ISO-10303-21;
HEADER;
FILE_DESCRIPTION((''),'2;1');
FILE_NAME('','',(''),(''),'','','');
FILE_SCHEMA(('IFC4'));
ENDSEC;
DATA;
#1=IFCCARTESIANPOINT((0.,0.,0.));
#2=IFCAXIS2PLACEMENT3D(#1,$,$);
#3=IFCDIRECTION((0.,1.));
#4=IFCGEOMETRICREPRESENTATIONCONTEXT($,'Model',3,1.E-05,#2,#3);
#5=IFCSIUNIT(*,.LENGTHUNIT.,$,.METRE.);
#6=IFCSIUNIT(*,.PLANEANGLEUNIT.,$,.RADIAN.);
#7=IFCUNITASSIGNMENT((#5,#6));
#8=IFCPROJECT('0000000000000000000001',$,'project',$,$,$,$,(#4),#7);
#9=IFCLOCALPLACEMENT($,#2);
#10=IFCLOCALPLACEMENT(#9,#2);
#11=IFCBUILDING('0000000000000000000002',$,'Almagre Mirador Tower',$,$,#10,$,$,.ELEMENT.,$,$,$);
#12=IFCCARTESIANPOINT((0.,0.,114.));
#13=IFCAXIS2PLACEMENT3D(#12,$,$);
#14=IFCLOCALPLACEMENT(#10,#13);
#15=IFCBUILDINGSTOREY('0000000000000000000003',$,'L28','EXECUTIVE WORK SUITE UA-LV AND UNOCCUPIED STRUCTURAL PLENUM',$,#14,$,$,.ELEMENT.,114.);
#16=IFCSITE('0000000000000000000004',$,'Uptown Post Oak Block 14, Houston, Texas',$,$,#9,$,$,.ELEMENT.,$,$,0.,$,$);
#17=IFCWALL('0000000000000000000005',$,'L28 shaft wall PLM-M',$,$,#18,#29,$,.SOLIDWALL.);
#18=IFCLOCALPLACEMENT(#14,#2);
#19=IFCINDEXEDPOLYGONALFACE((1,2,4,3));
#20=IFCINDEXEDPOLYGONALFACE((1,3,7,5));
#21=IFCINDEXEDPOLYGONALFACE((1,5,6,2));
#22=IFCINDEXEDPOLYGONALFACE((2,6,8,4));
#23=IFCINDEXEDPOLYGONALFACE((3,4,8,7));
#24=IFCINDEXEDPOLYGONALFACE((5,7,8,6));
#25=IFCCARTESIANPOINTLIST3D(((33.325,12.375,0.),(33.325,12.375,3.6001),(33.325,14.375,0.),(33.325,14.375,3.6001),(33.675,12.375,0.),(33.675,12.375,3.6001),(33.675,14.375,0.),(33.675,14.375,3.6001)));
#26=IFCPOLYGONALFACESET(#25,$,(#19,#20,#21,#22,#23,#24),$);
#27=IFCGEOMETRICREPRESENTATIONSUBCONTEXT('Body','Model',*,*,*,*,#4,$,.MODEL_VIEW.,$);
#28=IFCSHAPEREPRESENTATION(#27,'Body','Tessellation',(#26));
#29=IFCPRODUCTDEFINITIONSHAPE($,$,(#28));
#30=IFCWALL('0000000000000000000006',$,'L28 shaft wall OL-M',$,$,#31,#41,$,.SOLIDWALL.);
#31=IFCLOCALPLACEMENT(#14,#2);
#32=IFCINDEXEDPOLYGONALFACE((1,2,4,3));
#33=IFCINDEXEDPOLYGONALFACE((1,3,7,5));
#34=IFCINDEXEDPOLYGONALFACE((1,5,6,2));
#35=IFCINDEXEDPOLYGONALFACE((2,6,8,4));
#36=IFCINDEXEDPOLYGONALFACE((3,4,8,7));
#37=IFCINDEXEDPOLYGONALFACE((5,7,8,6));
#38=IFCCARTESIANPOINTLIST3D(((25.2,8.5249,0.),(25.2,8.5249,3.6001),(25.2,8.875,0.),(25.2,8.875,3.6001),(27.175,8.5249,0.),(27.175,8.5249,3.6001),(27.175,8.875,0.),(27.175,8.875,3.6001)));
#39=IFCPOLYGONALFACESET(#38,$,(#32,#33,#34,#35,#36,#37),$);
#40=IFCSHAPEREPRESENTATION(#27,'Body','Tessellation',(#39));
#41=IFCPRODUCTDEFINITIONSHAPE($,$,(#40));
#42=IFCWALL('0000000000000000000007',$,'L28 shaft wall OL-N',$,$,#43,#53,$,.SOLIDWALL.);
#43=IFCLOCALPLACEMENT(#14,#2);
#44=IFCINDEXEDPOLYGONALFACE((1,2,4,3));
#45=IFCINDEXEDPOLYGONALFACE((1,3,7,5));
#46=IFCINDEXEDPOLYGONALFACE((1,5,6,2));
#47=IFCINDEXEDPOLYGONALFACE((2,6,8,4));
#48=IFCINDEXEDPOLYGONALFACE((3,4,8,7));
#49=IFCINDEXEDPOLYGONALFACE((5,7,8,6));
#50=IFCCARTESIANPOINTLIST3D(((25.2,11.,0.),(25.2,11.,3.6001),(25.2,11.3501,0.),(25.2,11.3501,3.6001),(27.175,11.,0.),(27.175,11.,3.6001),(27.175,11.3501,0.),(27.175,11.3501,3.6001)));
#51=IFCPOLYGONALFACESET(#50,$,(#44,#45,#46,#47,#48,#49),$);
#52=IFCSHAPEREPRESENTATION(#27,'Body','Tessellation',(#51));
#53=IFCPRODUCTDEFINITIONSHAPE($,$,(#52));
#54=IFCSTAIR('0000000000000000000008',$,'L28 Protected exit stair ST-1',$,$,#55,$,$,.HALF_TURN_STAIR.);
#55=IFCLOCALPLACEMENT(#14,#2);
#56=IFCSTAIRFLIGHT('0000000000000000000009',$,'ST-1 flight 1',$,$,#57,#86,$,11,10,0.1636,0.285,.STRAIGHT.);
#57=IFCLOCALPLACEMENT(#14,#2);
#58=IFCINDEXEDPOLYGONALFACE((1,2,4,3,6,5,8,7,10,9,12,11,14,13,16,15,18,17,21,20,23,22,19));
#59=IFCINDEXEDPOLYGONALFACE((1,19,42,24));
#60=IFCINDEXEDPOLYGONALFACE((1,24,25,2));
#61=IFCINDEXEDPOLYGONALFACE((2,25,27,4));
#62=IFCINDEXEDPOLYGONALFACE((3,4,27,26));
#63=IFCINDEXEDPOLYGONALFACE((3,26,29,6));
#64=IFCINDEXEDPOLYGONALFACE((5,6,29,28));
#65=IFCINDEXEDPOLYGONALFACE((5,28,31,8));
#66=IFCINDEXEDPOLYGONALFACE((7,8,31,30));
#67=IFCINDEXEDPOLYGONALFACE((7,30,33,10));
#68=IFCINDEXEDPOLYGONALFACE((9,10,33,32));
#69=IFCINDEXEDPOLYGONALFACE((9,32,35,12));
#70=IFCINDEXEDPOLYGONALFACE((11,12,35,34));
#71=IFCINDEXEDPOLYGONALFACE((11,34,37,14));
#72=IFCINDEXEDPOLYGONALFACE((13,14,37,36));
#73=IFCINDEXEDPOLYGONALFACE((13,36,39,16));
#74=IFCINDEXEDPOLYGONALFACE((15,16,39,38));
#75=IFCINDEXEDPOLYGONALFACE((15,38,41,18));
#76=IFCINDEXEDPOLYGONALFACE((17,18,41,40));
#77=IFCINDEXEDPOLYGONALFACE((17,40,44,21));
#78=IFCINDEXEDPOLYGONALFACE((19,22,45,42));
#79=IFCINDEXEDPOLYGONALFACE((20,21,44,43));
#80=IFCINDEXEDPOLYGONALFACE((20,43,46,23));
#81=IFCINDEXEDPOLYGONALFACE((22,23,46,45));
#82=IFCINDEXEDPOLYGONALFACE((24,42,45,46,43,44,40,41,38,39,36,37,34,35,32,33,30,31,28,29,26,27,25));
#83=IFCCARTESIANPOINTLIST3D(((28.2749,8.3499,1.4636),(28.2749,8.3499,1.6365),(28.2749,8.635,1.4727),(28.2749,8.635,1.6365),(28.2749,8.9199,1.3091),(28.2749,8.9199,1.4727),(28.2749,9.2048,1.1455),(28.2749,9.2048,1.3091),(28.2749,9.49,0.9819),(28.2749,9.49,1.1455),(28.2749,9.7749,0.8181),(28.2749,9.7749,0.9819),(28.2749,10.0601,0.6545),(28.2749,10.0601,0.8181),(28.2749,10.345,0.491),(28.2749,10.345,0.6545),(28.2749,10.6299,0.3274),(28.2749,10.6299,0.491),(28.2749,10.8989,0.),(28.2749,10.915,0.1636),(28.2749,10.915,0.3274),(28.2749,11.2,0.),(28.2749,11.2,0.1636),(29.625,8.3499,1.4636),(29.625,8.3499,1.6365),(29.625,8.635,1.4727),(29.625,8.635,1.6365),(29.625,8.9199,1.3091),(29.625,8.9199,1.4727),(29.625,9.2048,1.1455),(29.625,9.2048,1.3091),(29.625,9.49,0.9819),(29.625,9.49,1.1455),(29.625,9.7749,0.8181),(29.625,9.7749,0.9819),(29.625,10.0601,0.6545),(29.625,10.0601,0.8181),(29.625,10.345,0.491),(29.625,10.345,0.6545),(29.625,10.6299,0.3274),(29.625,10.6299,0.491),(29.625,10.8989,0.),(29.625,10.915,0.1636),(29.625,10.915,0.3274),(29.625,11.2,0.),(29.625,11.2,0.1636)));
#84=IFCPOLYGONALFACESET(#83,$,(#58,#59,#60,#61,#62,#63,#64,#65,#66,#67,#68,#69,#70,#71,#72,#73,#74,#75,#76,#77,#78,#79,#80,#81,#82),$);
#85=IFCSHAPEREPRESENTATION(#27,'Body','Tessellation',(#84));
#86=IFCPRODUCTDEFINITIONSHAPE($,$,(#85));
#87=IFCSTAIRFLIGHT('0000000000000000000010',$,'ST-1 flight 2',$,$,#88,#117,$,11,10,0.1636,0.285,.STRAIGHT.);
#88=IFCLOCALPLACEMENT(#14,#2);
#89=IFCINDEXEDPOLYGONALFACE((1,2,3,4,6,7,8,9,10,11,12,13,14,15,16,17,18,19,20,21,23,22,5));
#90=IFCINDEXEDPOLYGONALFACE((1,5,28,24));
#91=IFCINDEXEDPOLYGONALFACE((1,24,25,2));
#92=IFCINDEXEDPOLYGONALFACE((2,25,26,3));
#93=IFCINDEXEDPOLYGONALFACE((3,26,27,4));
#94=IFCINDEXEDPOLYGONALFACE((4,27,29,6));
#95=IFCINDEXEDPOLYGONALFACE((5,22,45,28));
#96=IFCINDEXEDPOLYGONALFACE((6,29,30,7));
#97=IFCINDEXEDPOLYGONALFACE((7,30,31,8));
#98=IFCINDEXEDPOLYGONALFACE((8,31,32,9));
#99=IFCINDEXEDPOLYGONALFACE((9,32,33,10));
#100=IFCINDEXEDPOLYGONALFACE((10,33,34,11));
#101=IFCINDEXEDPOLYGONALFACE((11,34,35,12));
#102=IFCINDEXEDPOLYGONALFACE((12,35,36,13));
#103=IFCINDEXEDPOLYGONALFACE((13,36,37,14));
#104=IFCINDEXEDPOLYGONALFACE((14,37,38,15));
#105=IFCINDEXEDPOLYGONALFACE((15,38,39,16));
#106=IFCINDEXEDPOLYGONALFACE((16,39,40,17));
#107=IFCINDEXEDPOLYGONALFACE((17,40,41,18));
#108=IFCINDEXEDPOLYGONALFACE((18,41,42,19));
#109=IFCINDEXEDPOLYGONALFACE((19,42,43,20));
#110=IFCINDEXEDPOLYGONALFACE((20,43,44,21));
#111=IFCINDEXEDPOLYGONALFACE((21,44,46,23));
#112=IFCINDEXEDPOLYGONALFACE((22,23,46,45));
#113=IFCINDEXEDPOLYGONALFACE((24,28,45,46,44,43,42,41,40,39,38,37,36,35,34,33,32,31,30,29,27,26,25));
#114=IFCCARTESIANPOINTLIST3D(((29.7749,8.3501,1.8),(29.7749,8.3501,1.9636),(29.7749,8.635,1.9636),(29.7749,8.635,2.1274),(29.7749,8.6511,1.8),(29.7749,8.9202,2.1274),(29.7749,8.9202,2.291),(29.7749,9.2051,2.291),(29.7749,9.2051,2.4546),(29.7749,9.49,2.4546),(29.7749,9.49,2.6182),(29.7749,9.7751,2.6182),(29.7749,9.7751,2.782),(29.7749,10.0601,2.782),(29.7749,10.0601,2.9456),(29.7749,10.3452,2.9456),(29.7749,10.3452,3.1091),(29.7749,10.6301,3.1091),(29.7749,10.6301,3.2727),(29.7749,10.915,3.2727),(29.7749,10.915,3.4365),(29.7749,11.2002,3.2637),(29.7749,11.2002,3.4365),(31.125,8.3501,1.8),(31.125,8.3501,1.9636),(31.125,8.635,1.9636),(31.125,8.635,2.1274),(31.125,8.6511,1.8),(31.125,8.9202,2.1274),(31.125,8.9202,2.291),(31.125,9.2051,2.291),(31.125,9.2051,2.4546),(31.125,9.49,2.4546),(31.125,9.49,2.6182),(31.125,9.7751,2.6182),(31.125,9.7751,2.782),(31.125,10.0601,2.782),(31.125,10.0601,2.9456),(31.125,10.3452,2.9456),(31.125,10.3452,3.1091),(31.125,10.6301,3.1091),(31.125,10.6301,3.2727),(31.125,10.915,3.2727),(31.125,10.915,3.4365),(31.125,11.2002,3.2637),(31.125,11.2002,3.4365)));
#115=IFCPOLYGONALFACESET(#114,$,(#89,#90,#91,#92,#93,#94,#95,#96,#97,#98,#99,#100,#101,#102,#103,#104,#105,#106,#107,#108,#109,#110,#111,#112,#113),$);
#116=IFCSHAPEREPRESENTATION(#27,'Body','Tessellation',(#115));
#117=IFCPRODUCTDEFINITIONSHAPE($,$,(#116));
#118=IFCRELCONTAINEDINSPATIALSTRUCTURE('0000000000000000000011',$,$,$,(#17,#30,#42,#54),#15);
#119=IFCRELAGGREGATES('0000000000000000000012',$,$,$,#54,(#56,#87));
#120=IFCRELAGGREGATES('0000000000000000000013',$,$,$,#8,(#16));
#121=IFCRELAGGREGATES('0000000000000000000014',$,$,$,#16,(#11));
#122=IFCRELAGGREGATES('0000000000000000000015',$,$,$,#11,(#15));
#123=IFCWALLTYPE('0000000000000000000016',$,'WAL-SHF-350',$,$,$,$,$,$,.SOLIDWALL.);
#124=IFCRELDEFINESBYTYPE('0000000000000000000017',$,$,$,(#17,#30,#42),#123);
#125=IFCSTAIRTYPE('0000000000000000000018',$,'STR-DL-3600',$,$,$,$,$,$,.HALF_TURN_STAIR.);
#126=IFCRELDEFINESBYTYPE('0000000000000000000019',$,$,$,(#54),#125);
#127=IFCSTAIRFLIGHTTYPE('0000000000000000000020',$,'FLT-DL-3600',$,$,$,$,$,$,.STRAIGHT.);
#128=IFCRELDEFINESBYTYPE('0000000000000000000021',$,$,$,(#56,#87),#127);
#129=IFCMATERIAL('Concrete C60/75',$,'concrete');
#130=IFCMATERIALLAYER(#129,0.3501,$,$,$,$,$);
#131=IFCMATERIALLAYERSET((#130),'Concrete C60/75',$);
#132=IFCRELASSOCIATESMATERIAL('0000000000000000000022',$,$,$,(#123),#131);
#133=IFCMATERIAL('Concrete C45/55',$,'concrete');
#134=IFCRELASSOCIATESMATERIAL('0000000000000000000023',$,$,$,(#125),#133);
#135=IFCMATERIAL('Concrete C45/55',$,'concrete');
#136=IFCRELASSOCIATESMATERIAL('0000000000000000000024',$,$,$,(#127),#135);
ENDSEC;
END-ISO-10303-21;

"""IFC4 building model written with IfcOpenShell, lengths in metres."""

from ifc_helpers import new_model, si_unit, direction, frame, frame_2d, origin, place, context, subcontext, project, spatial, polyline, rectangle, outline, extrude, material, layer, layer_set, type_object, element, aggregate, save


model = new_model("IFC4")

# Units and contexts
model_context = context("Model", 3, precision=1e-05, world=origin(), true_north=direction((0.0, 1.0)))
body_context = subcontext(model_context, "Body", "Model", "MODEL_VIEW")
ifc_project = project(units=[si_unit("LENGTHUNIT", "METRE"), si_unit("PLANEANGLEUNIT", "RADIAN")], contexts=[model_context])

# Site, building, storey
site_placement = place(None, origin())
site = spatial("IfcSite", under=ifc_project, at=site_placement, Name="Uptown Post Oak Block 14, Houston, Texas", CompositionType="ELEMENT", RefElevation=0.0)
building_placement = place(site_placement, origin())
building = spatial("IfcBuilding", under=site, at=building_placement, Name="Almagre Mirador Tower", CompositionType="ELEMENT")
storey_placement = place(building_placement, frame((0.0, 0.0, 114.0)))
storey = spatial("IfcBuildingStorey", under=building, at=storey_placement, Name="L28", Description="EXECUTIVE WORK SUITE UA-LV AND UNOCCUPIED STRUCTURAL PLENUM", CompositionType="ELEMENT", Elevation=114.0)

# Shared definitions
ifc_material_1 = material(Name="Concrete C60/75", Category="concrete")
ifc_layer_1 = layer(ifc_material_1, 0.3501)
ifc_layer_set_1 = layer_set([ifc_layer_1], Name="Concrete C60/75")
wall_type_1 = type_object("IfcWallType", Name="WAL-SHF-350", PredefinedType="SOLIDWALL", material=ifc_layer_set_1)

# Walls
wall_1_placement = place(storey_placement, frame((33.5, 12.375, 0.0), z_axis=(0.0, 0.0, 1.0), x_axis=(0.0, 1.0, 0.0)))
element("IfcWall", 1, at=wall_1_placement, inside=storey, type_object=wall_type_1, Name="L28 shaft wall PLM-M", PredefinedType="SOLIDWALL", context=body_context, shape_type="SweptSolid", body=[
    extrude(rectangle(XDim=2.0, YDim=0.3501, at=frame_2d((1.0, 0.0))), origin(), (0.0, 0.0, 1.0), 3.6001),
])
for number, where, z_axis, x_axis, name in (
    (2, (25.2, 8.7, 0.0), (0.0, 0.0, 1.0), (1.0, 0.0, 0.0), "L28 shaft wall OL-M"),
    (3, (25.2, 11.175, 0.0), (0.0, 0.0, 1.0), (1.0, 0.0, 0.0), "L28 shaft wall OL-N"),
):
    element("IfcWall", number, at=place(storey_placement, frame(where, z_axis=z_axis, x_axis=x_axis)), inside=storey, type_object=wall_type_1, Name=name, PredefinedType="SOLIDWALL", context=body_context, shape_type="SweptSolid", body=[
        extrude(rectangle(XDim=1.9751, YDim=0.3501, at=frame_2d((0.9875, 0.0))), origin(), (0.0, 0.0, 1.0), 3.6001),
    ])

# Stair, stair flights
ifc_material_2 = material(Name="Concrete C45/55", Category="concrete")
stair_type = type_object("IfcStairType", Name="STR-DL-3600", PredefinedType="HALF_TURN_STAIR", material=ifc_material_2)
stair_placement = place(storey_placement, origin())
stair = element("IfcStair", 4, at=stair_placement, inside=storey, type_object=stair_type, Name="L28 Protected exit stair ST-1", PredefinedType="HALF_TURN_STAIR")
ifc_material_3 = material(Name="Concrete C45/55", Category="concrete")
stair_flight_type = type_object("IfcStairFlightType", Name="FLT-DL-3600", PredefinedType="STRAIGHT", material=ifc_material_3)
stair_flight_1_placement = place(storey_placement, frame((28.95, 11.2, 0.0), z_axis=(0.0, 0.0, 1.0), x_axis=(0.0, -1.0, 0.0)))
stair_flight_1 = element("IfcStairFlight", 5, at=stair_flight_1_placement, type_object=stair_flight_type, Name="ST-1 flight 1", NumberOfRisers=11, NumberOfTreads=10, PredefinedType="STRAIGHT", RiserHeight=0.1636, TreadLength=0.285, context=body_context, shape_type="SweptSolid", body=[
    extrude(outline(polyline([(0.0, 0.0), (0.0, 0.1636), (0.2849, 0.1636), (0.2849, 0.3274), (0.5701, 0.3274), (0.5701, 0.491), (0.855, 0.491), (0.855, 0.6545), (1.1399, 0.6545), (1.1399, 0.8181), (1.425, 0.8181), (1.425, 0.9819), (1.71, 0.9819), (1.71, 1.1455), (1.9951, 1.1455), (1.9951, 1.3091), (2.28, 1.3091), (2.28, 1.4727), (2.5649, 1.4727), (2.5649, 1.6365), (2.8501, 1.6365), (2.8501, 1.8), (2.8501, 1.4636), (0.301, 0.0), (0.0, 0.0)])), frame((0.0, 0.675, 0.0), z_axis=(0.0, -1.0, 0.0), x_axis=(1.0, 0.0, 0.0)), (0.0, 0.0, 1.0), 1.3501),
])
stair_flight_2_placement = place(storey_placement, frame((30.45, 8.3501, 1.8), z_axis=(0.0, 0.0, 1.0), x_axis=(0.0, 1.0, 0.0)))
stair_flight_2 = element("IfcStairFlight", 6, at=stair_flight_2_placement, type_object=stair_flight_type, Name="ST-1 flight 2", NumberOfRisers=11, NumberOfTreads=10, PredefinedType="STRAIGHT", RiserHeight=0.1636, TreadLength=0.285, context=body_context, shape_type="SweptSolid", body=[
    extrude(outline(polyline([(0.0, 0.0), (0.0, 0.1636), (0.2849, 0.1636), (0.2849, 0.3274), (0.5701, 0.3274), (0.5701, 0.491), (0.855, 0.491), (0.855, 0.6545), (1.1399, 0.6545), (1.1399, 0.8181), (1.425, 0.8181), (1.425, 0.9819), (1.71, 0.9819), (1.71, 1.1455), (1.9951, 1.1455), (1.9951, 1.3091), (2.28, 1.3091), (2.28, 1.4727), (2.5649, 1.4727), (2.5649, 1.6365), (2.8501, 1.6365), (2.8501, 1.8), (2.8501, 1.4636), (0.301, 0.0), (0.0, 0.0)])), frame((0.0, 0.675, 0.0), z_axis=(0.0, -1.0, 0.0), x_axis=(1.0, 0.0, 0.0)), (0.0, 0.0, 1.0), 1.3501),
])
aggregate(stair, [stair_flight_1, stair_flight_2])

save(model, "model.ifc")
